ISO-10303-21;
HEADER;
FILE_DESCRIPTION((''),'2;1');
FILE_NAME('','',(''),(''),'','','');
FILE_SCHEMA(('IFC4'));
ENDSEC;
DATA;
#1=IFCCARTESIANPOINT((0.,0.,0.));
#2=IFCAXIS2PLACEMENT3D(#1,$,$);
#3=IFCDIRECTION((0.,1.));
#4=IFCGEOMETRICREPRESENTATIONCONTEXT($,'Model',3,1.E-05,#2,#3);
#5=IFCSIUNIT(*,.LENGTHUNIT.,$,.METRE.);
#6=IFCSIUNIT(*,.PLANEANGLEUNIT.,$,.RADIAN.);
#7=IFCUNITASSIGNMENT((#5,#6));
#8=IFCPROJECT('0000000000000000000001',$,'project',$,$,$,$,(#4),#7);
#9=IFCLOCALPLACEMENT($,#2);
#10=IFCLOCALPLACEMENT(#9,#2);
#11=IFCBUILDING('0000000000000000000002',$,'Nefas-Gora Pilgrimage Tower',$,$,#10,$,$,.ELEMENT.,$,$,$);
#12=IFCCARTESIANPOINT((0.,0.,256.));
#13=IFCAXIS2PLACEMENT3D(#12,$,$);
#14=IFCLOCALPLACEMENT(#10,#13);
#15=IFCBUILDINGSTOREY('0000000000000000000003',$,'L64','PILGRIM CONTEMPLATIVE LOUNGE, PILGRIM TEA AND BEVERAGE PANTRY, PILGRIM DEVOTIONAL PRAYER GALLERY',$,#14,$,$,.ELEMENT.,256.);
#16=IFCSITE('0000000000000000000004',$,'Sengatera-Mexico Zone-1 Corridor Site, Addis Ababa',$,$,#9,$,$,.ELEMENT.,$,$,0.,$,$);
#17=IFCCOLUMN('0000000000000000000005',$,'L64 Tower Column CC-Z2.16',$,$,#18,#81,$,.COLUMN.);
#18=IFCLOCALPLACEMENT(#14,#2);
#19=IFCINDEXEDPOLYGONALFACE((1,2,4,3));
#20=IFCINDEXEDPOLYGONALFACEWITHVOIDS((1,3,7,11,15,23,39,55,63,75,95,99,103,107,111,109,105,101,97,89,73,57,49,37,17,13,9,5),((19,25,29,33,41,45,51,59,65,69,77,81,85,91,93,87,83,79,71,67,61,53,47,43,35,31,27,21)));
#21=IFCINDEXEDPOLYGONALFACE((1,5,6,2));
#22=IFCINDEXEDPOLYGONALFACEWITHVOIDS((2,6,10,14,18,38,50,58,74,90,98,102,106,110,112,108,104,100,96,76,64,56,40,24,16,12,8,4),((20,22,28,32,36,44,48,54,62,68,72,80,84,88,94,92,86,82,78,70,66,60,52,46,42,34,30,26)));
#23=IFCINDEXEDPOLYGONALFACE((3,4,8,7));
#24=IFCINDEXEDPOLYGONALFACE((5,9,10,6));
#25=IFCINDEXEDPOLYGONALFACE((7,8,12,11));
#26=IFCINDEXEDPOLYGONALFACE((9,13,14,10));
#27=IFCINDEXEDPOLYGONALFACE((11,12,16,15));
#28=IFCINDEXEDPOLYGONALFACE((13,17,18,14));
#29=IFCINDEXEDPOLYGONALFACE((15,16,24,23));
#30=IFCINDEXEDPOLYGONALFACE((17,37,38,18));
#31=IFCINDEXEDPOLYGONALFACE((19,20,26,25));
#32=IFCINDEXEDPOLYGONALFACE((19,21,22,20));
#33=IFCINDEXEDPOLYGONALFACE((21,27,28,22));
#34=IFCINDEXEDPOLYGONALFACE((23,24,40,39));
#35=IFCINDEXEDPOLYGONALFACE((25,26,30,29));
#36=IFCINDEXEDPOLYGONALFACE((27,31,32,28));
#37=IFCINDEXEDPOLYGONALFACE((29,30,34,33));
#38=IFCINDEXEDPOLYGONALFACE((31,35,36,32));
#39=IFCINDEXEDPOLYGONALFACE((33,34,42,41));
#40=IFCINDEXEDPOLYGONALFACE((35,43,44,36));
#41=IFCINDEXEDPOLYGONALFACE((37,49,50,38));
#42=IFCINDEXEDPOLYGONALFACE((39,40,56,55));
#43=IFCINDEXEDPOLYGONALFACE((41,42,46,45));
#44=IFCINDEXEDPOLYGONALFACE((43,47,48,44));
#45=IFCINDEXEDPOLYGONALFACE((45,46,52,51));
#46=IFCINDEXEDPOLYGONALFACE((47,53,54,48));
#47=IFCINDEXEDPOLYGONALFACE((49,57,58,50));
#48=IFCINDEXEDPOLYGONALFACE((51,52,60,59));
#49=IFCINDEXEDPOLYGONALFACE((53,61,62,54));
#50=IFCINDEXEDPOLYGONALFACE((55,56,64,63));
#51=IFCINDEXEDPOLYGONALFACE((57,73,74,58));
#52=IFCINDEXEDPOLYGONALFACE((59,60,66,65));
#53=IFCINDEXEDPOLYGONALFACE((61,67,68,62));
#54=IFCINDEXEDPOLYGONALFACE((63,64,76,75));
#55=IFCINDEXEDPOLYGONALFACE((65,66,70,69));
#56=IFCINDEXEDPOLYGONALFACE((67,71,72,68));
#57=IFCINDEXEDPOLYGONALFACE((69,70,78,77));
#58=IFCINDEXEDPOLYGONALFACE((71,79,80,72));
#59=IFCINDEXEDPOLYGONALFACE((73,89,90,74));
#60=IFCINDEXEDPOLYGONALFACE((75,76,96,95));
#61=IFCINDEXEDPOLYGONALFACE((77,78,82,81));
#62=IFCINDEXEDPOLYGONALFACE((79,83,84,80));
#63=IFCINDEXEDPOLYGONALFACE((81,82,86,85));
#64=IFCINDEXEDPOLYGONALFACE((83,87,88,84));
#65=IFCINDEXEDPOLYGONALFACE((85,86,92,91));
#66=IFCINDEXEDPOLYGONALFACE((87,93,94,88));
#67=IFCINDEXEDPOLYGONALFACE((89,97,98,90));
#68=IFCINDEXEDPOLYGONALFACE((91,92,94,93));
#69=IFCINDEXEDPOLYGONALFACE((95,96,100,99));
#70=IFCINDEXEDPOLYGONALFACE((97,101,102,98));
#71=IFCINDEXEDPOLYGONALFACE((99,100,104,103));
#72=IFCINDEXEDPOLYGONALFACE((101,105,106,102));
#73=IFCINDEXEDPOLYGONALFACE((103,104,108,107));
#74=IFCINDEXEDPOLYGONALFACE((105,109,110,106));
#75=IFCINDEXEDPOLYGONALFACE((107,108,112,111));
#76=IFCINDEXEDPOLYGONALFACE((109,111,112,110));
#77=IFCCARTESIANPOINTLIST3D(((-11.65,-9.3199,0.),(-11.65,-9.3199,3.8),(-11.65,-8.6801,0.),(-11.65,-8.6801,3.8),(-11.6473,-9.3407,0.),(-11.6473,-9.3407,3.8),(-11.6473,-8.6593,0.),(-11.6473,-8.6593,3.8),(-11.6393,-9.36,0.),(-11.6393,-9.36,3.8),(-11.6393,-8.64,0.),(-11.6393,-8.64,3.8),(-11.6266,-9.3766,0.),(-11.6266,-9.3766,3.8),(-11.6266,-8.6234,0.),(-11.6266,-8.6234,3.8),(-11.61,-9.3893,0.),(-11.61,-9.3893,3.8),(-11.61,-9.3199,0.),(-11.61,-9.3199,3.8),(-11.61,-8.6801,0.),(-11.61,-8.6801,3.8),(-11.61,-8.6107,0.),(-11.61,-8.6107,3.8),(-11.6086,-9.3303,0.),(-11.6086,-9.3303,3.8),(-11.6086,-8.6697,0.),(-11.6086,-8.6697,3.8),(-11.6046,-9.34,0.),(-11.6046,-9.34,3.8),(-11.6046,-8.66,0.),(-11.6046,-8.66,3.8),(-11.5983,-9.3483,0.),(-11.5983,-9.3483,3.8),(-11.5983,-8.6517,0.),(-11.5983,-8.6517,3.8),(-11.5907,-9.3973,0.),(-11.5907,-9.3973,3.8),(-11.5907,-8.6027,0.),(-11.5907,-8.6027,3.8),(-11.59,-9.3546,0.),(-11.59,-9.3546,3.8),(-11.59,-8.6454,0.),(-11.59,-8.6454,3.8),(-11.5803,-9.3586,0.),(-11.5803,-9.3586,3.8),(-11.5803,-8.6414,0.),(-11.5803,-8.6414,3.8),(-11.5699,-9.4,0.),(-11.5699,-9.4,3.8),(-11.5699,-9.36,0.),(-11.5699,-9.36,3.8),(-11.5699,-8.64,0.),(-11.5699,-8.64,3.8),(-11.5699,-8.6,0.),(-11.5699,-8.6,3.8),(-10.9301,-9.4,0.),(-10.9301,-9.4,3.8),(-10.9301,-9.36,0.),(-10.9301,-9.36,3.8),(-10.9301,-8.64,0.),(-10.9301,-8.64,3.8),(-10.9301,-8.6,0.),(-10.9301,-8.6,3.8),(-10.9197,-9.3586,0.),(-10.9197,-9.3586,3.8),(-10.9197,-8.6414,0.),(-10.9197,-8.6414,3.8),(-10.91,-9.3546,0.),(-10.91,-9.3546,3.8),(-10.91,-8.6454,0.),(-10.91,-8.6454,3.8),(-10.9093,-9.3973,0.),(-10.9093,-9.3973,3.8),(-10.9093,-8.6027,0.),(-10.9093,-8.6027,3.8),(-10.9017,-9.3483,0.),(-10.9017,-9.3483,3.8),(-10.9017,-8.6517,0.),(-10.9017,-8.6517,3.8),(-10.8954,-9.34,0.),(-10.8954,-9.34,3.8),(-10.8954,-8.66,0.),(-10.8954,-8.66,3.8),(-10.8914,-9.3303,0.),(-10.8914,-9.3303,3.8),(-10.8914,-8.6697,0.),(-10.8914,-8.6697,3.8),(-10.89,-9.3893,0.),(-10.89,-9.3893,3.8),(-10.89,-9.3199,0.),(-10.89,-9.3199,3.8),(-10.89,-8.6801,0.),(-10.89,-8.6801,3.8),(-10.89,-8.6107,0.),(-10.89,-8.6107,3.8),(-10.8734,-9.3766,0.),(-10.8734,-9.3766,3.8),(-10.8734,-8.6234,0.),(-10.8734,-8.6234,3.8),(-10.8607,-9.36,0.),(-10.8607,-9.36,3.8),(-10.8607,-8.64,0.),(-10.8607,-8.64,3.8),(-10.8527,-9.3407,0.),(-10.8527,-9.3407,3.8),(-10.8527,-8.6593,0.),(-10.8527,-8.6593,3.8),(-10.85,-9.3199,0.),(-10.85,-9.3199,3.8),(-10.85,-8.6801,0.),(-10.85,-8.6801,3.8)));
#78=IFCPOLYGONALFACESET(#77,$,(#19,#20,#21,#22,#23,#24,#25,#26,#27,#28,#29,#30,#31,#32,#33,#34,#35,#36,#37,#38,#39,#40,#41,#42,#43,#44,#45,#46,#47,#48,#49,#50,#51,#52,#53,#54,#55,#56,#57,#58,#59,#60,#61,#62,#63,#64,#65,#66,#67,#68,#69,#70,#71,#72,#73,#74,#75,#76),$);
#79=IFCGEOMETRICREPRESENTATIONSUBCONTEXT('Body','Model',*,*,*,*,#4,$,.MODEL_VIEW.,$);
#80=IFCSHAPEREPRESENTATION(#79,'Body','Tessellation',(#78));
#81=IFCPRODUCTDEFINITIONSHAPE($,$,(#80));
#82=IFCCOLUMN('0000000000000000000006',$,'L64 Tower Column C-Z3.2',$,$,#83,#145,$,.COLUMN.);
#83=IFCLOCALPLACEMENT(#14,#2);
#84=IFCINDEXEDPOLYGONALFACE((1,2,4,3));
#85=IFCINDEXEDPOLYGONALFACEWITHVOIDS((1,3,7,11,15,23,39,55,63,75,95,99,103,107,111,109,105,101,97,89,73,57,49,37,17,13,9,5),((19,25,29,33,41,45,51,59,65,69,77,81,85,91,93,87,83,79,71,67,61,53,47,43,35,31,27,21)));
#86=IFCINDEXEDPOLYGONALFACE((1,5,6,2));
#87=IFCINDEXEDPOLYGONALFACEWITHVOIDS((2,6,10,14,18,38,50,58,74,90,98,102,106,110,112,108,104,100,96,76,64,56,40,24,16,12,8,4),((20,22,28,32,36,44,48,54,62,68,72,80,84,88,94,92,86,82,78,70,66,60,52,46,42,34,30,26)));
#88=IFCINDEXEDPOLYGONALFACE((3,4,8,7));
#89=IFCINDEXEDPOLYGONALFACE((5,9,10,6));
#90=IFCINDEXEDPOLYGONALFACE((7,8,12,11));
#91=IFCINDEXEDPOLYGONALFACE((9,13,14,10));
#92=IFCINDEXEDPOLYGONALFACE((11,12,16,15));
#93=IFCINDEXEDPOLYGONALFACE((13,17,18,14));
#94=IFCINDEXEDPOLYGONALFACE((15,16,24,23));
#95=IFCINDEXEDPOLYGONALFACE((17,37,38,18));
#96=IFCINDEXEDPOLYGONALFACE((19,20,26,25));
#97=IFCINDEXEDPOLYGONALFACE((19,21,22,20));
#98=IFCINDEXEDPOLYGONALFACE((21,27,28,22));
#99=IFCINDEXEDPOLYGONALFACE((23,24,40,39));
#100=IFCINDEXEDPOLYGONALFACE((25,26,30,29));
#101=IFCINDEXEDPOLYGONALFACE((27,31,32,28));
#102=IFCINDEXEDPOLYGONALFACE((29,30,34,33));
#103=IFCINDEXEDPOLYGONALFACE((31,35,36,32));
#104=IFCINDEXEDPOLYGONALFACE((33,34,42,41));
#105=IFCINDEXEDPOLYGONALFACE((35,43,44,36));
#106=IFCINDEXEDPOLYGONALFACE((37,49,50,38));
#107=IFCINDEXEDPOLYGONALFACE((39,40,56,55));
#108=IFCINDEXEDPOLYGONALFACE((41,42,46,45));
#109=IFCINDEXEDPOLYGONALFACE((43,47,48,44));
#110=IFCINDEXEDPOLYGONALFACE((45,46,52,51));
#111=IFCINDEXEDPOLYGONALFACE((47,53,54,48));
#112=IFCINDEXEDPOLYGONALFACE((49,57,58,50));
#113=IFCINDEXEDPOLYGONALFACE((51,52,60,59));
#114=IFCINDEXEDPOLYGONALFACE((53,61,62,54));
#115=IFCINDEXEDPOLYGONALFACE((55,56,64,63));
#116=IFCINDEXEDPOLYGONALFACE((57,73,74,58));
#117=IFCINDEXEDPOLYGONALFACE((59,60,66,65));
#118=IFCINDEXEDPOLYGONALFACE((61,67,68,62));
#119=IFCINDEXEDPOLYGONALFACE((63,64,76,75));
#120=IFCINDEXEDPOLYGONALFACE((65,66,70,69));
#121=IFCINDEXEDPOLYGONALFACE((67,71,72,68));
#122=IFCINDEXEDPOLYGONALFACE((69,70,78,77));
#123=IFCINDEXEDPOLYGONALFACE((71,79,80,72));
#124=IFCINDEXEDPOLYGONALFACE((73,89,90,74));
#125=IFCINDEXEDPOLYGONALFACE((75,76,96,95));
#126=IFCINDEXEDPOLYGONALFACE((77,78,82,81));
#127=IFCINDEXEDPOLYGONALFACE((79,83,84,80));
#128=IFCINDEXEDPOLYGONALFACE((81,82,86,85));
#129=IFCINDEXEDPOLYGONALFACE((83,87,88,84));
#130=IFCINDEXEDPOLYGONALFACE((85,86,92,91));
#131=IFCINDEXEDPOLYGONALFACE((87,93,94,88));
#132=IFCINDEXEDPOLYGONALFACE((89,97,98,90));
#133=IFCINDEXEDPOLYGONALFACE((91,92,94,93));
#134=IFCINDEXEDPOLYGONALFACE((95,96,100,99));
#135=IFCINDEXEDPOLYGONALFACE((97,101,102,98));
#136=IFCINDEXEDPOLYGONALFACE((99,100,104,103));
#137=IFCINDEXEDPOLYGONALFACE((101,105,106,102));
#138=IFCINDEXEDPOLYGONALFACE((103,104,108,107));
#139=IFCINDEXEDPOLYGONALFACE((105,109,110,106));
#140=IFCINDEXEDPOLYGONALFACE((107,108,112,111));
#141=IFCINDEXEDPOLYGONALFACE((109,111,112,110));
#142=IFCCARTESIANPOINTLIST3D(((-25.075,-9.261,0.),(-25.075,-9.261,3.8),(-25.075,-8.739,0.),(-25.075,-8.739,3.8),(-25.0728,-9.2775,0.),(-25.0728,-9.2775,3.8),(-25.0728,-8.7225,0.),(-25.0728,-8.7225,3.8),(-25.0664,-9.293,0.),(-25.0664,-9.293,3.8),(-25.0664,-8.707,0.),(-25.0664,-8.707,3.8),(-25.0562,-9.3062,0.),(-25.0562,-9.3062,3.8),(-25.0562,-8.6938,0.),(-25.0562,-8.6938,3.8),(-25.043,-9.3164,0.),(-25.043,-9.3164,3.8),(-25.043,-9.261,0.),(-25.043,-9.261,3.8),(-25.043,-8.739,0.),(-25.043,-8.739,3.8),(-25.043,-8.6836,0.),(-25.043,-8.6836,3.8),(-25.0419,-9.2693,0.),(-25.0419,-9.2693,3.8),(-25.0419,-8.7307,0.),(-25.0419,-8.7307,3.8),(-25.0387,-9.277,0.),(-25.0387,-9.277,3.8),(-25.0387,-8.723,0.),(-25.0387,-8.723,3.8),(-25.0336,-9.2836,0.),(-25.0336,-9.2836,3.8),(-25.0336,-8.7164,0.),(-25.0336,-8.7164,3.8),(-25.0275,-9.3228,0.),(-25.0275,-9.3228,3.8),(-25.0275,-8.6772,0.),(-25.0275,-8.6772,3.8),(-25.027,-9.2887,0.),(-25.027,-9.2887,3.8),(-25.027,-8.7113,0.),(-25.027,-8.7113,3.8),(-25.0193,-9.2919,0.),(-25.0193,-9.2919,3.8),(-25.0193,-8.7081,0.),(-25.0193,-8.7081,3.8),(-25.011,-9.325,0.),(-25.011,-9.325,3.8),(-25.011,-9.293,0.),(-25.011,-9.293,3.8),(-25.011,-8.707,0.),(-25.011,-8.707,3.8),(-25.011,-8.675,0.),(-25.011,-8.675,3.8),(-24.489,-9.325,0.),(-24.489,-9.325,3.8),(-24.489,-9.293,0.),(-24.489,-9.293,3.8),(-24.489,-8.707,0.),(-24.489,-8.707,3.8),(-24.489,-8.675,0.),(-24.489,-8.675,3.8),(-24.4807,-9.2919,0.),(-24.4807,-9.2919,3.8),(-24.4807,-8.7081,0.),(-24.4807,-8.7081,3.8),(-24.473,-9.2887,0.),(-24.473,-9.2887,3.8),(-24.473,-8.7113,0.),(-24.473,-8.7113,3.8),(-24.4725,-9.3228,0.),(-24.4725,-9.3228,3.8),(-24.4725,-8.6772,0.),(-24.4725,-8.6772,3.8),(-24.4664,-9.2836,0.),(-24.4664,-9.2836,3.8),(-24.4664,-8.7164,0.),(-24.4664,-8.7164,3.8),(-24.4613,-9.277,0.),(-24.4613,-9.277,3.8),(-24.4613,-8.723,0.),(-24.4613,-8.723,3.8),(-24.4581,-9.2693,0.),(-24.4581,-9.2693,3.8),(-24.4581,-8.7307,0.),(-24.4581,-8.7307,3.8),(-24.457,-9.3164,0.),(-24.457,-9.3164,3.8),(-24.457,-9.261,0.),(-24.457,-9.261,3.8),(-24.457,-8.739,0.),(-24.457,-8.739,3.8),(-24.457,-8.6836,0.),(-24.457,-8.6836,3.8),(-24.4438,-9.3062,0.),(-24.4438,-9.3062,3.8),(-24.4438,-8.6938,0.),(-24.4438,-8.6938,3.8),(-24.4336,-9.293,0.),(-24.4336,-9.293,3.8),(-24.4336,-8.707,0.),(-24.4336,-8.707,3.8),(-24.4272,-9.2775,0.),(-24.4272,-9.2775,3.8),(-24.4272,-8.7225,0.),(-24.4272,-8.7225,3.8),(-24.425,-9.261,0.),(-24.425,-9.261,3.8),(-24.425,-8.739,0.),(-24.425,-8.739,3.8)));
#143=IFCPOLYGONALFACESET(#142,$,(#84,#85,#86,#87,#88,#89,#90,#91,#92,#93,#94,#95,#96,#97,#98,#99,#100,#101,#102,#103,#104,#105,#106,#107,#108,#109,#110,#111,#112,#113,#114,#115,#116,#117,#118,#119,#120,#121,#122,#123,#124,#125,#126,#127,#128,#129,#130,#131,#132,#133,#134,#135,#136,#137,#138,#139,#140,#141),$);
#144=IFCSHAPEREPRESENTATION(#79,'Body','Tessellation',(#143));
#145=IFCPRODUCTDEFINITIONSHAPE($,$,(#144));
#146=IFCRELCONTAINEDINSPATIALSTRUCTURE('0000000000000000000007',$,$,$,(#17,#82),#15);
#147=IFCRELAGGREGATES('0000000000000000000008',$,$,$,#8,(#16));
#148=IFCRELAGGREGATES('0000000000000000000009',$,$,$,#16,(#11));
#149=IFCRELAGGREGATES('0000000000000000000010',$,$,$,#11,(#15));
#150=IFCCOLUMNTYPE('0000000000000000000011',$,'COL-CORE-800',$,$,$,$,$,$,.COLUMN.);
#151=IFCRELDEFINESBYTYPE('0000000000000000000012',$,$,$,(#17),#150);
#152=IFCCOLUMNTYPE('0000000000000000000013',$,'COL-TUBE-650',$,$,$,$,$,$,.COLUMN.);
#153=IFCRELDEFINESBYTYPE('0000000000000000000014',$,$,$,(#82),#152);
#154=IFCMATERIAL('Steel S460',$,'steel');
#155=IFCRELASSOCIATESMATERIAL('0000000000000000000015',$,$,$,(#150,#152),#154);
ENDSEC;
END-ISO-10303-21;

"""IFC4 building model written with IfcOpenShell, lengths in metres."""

from ifc_helpers import new_model, si_unit, direction, frame, origin, origin_2d, place, context, subcontext, project, spatial, hollow_rectangle, extrude, source, transform, mapped, material, material_profile, profile_set, type_object, element, save


model = new_model("IFC4")

# Units and contexts
model_context = context("Model", 3, precision=1e-05, world=origin(), true_north=direction((0.0, 1.0)))
body_context = subcontext(model_context, "Body", "Model", "MODEL_VIEW")
ifc_project = project(units=[si_unit("LENGTHUNIT", "METRE"), si_unit("PLANEANGLEUNIT", "RADIAN")], contexts=[model_context])

# Site, building, storey
site_placement = place(None, origin())
site = spatial("IfcSite", under=ifc_project, at=site_placement, Name="Sengatera-Mexico Zone-1 Corridor Site, Addis Ababa", CompositionType="ELEMENT", RefElevation=0.0)
building_placement = place(site_placement, origin())
building = spatial("IfcBuilding", under=site, at=building_placement, Name="Nefas-Gora Pilgrimage Tower", CompositionType="ELEMENT")
storey_placement = place(building_placement, frame((0.0, 0.0, 256.0)))
storey = spatial("IfcBuildingStorey", under=building, at=storey_placement, Name="L64", Description="PILGRIM CONTEMPLATIVE LOUNGE, PILGRIM TEA AND BEVERAGE PANTRY, PILGRIM DEVOTIONAL PRAYER GALLERY", CompositionType="ELEMENT", Elevation=256.0)

# Columns
ifc_material_1 = material(Name="Steel S460", Category="steel")
ifc_material_profile_1 = material_profile(ifc_material_1, hollow_rectangle(XDim=0.8, YDim=0.8, WallThickness=0.04, InnerFilletRadius=0.04, OuterFilletRadius=0.0801, at=origin_2d()), Name="BOX 800x800x40")
ifc_profile_set_1 = profile_set([ifc_material_profile_1], Name="Steel S460")
column_type_1 = type_object("IfcColumnType", Name="COL-CORE-800", PredefinedType="COLUMN", material=ifc_profile_set_1)
shared_shape_1 = source(origin(), body_context, "Body", "SweptSolid", [
    extrude(hollow_rectangle(XDim=0.8, YDim=0.8, WallThickness=0.04, InnerFilletRadius=0.04, OuterFilletRadius=0.0801, at=origin_2d()), origin(), (0.0, 0.0, 1.0), 3.8),
])
column_placement = place(storey_placement, frame((-11.25, -9.0, 0.0), z_axis=(0.0, 0.0, 1.0), x_axis=(1.0, 0.0, 0.0)))
element("IfcColumn", 1, at=column_placement, inside=storey, type_object=column_type_1, Name="L64 Tower Column CC-Z2.16", PredefinedType="COLUMN", context=body_context, shape_type="MappedRepresentation", body=[
    mapped(shared_shape_1, transform((0.0, 0.0, 0.0), x_axis=(1.0, 0.0, 0.0), y_axis=(0.0, 1.0, 0.0), z_axis=(0.0, 0.0, 1.0), scale=1.0)),
])
ifc_material_profile_2 = material_profile(ifc_material_1, hollow_rectangle(XDim=0.6499, YDim=0.6499, WallThickness=0.032, InnerFilletRadius=0.032, OuterFilletRadius=0.064, at=origin_2d()), Name="BOX 650x650x32")
ifc_profile_set_2 = profile_set([ifc_material_profile_2], Name="Steel S460")
column_type_2 = type_object("IfcColumnType", Name="COL-TUBE-650", PredefinedType="COLUMN", material=ifc_profile_set_2)
shared_shape_2 = source(origin(), body_context, "Body", "SweptSolid", [
    extrude(hollow_rectangle(XDim=0.6499, YDim=0.6499, WallThickness=0.032, InnerFilletRadius=0.032, OuterFilletRadius=0.064, at=origin_2d()), origin(), (0.0, 0.0, 1.0), 3.8),
])
for number, where, z_axis, x_axis, name in (
    (2, (-24.75, -9.0, 0.0), (0.0, 0.0, 1.0), (1.0, 0.0, 0.0), "L64 Tower Column C-Z3.2"),
):
    element("IfcColumn", number, at=place(storey_placement, frame(where, z_axis=z_axis, x_axis=x_axis)), inside=storey, type_object=column_type_2, Name=name, PredefinedType="COLUMN", context=body_context, shape_type="MappedRepresentation", body=[
        mapped(shared_shape_2, transform((0.0, 0.0, 0.0), x_axis=(1.0, 0.0, 0.0), y_axis=(0.0, 1.0, 0.0), z_axis=(0.0, 0.0, 1.0), scale=1.0)),
    ])

save(model, "model.ifc")
